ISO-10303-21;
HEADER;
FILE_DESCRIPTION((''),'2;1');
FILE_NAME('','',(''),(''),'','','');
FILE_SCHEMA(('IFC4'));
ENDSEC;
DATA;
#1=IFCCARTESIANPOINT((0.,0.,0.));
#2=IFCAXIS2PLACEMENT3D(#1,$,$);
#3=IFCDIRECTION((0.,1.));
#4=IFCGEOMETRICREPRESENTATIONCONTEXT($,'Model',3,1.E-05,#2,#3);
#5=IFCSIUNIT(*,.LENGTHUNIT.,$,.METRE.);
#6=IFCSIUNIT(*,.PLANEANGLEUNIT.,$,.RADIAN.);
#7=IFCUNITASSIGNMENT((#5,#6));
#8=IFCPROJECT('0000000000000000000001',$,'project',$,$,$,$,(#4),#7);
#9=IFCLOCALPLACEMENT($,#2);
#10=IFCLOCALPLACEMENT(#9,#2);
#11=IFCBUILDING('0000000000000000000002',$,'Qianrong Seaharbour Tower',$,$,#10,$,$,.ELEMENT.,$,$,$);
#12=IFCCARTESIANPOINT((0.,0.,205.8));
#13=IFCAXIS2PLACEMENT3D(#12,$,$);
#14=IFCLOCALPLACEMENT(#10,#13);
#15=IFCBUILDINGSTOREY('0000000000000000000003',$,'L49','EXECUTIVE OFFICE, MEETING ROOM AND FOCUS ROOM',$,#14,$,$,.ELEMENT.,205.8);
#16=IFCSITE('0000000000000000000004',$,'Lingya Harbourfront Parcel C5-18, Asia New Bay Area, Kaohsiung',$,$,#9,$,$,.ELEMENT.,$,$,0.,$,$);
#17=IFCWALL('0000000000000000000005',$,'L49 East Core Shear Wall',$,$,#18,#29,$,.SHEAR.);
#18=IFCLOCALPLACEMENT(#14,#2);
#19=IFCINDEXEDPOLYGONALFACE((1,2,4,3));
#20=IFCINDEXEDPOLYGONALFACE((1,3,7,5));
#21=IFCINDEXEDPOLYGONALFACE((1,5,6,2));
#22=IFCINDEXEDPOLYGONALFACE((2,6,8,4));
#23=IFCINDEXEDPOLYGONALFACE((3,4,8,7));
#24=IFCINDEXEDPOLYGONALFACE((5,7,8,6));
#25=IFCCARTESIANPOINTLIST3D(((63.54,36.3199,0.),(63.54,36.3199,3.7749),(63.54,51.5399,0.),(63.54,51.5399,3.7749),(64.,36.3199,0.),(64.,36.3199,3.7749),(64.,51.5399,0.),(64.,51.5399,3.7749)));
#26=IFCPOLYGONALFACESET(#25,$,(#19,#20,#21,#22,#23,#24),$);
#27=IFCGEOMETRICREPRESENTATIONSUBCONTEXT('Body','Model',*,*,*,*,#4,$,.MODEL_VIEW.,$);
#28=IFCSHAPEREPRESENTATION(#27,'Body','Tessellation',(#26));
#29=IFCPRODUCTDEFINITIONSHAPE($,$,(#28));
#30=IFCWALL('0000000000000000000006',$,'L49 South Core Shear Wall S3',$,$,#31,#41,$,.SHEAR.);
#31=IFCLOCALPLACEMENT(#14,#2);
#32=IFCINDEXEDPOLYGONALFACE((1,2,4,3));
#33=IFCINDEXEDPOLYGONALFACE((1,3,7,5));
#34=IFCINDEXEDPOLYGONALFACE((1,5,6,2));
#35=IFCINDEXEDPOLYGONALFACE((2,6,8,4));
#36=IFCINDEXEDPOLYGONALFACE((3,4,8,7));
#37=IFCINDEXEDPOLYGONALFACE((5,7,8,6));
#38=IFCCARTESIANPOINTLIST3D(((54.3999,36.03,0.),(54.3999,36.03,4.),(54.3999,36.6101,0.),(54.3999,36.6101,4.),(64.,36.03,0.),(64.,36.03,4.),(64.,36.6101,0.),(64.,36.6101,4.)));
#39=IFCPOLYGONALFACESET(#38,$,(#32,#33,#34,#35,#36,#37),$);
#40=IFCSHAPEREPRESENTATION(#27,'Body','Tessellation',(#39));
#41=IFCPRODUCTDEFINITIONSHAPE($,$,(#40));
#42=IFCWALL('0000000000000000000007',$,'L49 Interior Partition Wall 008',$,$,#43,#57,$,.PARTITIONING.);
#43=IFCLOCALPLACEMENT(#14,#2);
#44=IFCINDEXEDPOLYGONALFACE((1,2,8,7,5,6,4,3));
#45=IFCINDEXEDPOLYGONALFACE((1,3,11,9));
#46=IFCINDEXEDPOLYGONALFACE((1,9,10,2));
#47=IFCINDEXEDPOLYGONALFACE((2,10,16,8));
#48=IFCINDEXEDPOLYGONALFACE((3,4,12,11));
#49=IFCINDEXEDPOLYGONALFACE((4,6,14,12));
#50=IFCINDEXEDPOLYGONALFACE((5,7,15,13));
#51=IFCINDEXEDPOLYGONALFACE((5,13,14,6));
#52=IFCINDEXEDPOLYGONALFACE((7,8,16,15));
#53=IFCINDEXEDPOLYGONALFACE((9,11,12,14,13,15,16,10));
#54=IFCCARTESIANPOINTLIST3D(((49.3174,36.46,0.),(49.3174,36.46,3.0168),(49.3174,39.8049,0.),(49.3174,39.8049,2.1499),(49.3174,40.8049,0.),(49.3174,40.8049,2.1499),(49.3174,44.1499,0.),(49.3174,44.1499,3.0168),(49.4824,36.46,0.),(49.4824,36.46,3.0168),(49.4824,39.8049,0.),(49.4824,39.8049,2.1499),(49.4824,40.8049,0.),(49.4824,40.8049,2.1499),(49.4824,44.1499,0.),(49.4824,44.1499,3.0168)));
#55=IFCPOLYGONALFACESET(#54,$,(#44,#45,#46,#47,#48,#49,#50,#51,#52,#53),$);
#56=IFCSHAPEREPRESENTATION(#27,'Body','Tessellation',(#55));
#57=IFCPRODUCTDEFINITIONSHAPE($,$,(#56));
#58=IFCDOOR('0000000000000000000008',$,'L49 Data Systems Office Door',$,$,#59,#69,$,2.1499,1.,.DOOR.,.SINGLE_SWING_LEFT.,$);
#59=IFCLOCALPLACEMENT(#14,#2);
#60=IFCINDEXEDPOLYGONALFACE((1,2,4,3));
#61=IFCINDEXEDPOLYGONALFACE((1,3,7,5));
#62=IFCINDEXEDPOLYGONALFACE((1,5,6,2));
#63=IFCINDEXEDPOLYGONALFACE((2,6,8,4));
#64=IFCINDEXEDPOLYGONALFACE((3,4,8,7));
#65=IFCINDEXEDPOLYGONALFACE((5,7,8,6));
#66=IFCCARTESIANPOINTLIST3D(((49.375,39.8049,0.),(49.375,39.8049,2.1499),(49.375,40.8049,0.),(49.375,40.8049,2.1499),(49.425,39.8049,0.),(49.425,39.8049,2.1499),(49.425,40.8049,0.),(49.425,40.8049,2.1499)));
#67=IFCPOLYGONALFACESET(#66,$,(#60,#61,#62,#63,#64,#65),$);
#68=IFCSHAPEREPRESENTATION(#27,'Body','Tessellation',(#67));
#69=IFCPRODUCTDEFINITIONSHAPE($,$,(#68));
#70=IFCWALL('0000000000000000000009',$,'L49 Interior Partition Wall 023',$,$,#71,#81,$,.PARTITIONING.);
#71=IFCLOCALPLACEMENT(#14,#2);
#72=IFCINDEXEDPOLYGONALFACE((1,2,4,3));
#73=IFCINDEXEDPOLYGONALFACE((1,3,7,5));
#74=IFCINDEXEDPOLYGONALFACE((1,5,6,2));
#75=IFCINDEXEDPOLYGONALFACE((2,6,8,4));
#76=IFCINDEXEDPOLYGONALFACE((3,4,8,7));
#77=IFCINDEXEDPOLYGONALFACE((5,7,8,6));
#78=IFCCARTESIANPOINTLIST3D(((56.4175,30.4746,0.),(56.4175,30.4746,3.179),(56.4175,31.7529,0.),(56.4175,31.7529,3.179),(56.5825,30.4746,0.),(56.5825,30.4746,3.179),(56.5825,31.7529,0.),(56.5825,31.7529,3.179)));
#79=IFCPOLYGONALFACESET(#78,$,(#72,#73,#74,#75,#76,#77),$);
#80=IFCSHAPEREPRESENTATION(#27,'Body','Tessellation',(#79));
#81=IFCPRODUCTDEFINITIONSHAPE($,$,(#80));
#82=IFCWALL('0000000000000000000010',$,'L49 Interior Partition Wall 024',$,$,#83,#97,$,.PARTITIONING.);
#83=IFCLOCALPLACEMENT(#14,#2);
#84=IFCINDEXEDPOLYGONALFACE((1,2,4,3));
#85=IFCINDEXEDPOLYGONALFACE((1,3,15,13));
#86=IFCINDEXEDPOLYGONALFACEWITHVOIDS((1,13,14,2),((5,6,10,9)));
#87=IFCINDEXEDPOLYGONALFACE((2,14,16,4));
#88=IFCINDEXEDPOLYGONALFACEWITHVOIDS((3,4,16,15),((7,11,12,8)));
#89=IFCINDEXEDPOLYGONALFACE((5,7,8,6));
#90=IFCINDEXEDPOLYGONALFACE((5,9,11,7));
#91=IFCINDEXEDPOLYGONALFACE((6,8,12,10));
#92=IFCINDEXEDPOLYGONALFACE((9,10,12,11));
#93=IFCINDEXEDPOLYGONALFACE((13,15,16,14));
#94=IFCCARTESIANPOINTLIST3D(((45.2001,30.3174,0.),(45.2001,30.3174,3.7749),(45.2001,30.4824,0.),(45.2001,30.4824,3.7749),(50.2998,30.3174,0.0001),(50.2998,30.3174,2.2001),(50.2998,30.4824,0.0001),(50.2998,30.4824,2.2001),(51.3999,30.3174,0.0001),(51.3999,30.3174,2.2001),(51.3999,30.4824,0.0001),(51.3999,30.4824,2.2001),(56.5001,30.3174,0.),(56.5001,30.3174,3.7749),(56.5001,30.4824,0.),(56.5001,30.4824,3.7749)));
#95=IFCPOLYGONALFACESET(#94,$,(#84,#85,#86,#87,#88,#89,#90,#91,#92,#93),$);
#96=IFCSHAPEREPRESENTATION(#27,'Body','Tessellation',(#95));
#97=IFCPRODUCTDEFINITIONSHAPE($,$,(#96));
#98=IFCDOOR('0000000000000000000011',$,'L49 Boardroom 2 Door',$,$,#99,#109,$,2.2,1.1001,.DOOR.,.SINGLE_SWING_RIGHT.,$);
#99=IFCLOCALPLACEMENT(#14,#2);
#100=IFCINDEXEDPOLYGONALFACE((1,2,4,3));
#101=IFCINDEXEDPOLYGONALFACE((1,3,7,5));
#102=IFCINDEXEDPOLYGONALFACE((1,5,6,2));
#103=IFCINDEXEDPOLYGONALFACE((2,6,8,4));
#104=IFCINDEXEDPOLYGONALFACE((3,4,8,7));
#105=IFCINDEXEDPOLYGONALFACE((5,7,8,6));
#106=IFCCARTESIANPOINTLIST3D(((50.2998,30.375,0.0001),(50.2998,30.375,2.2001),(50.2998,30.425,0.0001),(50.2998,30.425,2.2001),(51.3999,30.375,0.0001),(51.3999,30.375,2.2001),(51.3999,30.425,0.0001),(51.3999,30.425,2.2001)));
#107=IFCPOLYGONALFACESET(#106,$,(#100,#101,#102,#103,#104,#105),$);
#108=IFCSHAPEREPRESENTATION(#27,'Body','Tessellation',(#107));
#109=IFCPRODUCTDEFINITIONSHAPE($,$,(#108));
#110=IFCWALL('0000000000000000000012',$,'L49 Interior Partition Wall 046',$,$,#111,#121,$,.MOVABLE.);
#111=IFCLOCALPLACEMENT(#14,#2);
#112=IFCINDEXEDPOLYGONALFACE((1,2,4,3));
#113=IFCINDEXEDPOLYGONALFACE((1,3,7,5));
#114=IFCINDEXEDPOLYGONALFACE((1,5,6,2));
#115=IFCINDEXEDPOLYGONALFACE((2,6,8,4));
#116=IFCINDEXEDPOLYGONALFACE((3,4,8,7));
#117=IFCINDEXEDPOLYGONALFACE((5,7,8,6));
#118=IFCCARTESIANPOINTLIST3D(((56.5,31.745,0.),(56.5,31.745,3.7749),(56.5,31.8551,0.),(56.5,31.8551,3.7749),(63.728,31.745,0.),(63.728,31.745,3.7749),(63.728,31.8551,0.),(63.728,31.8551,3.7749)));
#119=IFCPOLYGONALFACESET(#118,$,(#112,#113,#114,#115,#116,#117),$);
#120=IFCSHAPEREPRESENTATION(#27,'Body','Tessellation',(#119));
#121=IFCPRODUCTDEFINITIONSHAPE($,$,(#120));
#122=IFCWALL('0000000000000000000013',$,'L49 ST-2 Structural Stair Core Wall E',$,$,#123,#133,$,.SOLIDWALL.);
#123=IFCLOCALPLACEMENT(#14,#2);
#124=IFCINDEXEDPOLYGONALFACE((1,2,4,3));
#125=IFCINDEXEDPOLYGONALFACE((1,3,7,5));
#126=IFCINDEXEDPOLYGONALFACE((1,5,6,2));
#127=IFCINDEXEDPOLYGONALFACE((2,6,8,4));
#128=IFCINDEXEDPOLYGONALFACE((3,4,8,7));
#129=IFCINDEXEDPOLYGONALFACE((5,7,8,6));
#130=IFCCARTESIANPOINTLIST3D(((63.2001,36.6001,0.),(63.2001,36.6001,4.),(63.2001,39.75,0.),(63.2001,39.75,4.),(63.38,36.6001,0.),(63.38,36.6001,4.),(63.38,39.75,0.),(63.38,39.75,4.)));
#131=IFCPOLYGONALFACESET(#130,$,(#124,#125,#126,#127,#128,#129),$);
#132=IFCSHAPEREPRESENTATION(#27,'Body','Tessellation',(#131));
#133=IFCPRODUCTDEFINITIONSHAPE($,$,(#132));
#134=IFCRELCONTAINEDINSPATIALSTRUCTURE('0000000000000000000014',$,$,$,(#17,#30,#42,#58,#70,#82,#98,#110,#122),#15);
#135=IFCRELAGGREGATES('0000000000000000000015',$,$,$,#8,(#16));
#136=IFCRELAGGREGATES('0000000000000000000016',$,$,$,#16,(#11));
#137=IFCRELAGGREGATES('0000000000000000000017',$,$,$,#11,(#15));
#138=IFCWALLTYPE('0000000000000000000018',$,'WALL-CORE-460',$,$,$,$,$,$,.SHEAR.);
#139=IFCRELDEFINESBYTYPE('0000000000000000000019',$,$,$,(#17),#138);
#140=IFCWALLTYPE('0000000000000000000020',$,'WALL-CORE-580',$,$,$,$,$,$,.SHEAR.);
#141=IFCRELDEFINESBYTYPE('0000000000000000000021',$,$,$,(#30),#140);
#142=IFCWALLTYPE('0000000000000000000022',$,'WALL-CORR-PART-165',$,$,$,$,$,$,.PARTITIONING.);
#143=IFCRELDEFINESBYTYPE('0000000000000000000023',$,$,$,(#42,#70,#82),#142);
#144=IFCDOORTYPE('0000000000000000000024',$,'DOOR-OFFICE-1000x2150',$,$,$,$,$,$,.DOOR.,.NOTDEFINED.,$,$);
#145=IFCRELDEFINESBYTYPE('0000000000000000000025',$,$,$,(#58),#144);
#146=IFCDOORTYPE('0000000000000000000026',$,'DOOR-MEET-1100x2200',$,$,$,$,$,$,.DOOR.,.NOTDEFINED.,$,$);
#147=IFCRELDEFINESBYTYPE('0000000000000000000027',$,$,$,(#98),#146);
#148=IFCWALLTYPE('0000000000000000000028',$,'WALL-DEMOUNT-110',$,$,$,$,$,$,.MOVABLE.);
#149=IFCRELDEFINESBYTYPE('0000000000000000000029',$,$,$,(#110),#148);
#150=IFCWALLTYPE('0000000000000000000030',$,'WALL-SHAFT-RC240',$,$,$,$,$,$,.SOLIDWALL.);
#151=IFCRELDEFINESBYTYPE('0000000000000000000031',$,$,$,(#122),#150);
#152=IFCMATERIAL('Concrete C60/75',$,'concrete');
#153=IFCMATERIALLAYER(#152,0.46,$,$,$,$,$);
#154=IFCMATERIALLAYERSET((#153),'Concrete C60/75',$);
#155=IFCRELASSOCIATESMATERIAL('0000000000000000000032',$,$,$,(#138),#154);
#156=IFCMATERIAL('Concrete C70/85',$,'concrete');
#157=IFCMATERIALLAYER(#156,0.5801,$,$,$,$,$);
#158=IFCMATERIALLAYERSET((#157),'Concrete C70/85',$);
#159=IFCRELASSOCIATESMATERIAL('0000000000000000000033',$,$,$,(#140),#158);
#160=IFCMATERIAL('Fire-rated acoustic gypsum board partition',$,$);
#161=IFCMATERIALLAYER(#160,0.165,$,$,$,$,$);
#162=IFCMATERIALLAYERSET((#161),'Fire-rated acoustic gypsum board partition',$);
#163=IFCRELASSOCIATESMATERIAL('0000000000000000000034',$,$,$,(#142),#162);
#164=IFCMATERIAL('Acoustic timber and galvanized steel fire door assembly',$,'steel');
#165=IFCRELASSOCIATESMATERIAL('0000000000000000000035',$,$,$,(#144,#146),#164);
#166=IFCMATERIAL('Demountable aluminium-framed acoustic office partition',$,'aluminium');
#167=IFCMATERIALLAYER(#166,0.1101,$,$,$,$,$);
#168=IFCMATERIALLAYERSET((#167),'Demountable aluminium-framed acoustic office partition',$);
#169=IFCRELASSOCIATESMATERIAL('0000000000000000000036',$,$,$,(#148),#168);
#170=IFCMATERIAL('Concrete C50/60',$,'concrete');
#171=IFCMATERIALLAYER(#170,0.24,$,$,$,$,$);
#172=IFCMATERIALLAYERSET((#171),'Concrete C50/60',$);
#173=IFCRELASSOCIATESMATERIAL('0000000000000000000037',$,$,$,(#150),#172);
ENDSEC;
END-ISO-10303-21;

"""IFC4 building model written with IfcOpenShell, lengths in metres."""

from ifc_helpers import new_model, si_unit, direction, frame, frame_2d, origin, place, context, subcontext, project, spatial, rectangle, extrude, material, layer, layer_set, type_object, element, fill, save


model = new_model("IFC4")

# Units and contexts
model_context = context("Model", 3, precision=1e-05, world=origin(), true_north=direction((0.0, 1.0)))
body_context = subcontext(model_context, "Body", "Model", "MODEL_VIEW")
ifc_project = project(units=[si_unit("LENGTHUNIT", "METRE"), si_unit("PLANEANGLEUNIT", "RADIAN")], contexts=[model_context])

# Site, building, storey
site_placement = place(None, origin())
site = spatial("IfcSite", under=ifc_project, at=site_placement, Name="Lingya Harbourfront Parcel C5-18, Asia New Bay Area, Kaohsiung", CompositionType="ELEMENT", RefElevation=0.0)
building_placement = place(site_placement, origin())
building = spatial("IfcBuilding", under=site, at=building_placement, Name="Qianrong Seaharbour Tower", CompositionType="ELEMENT")
storey_placement = place(building_placement, frame((0.0, 0.0, 205.8)))
storey = spatial("IfcBuildingStorey", under=building, at=storey_placement, Name="L49", Description="EXECUTIVE OFFICE, MEETING ROOM AND FOCUS ROOM", CompositionType="ELEMENT", Elevation=205.8)

# Shared definitions
ifc_material_1 = material(Name="Concrete C60/75", Category="concrete")

# Walls
ifc_layer_1 = layer(ifc_material_1, 0.46)
ifc_layer_set_1 = layer_set([ifc_layer_1], Name="Concrete C60/75")
wall_type_1 = type_object("IfcWallType", Name="WALL-CORE-460", PredefinedType="SHEAR", material=ifc_layer_set_1)
wall_1_placement = place(storey_placement, frame((63.77, 36.3201, 0.0), z_axis=(0.0, 0.0, 1.0), x_axis=(0.0, 1.0, 0.0)))
element("IfcWall", 1, at=wall_1_placement, inside=storey, type_object=wall_type_1, Name="L49 East Core Shear Wall", PredefinedType="SHEAR", context=body_context, shape_type="SweptSolid", body=[
    extrude(rectangle(XDim=15.22, YDim=0.46, at=frame_2d((7.6099, 0.0))), origin(), (0.0, 0.0, 1.0), 3.7749),
])
ifc_material_2 = material(Name="Concrete C70/85", Category="concrete")
ifc_layer_2 = layer(ifc_material_2, 0.5801)
ifc_layer_set_2 = layer_set([ifc_layer_2], Name="Concrete C70/85")
wall_type_2 = type_object("IfcWallType", Name="WALL-CORE-580", PredefinedType="SHEAR", material=ifc_layer_set_2)
wall_2_placement = place(storey_placement, frame((54.3999, 36.3201, 0.0), z_axis=(0.0, 0.0, 1.0), x_axis=(1.0, 0.0, 0.0)))
element("IfcWall", 2, at=wall_2_placement, inside=storey, type_object=wall_type_2, Name="L49 South Core Shear Wall S3", PredefinedType="SHEAR", context=body_context, shape_type="SweptSolid", body=[
    extrude(rectangle(XDim=9.6001, YDim=0.5801, at=frame_2d((4.8, 0.0))), origin(), (0.0, 0.0, 1.0), 4.0),
])

# Wall, opening, door
ifc_material_3 = material(Name="Fire-rated acoustic gypsum board partition")
ifc_layer_3 = layer(ifc_material_3, 0.165)
ifc_layer_set_3 = layer_set([ifc_layer_3], Name="Fire-rated acoustic gypsum board partition")
wall_type_3 = type_object("IfcWallType", Name="WALL-CORR-PART-165", PredefinedType="PARTITIONING", material=ifc_layer_set_3)
wall_3_placement = place(storey_placement, frame((49.3999, 36.46, 0.0), z_axis=(0.0, 0.0, 1.0), x_axis=(0.0, 1.0, 0.0)))
wall_3 = element("IfcWall", 3, at=wall_3_placement, inside=storey, type_object=wall_type_3, Name="L49 Interior Partition Wall 008", PredefinedType="PARTITIONING", context=body_context, shape_type="SweptSolid", body=[
    extrude(rectangle(XDim=7.6899, YDim=0.165, at=frame_2d((3.845, 0.0))), origin(), (0.0, 0.0, 1.0), 3.0168),
])
opening_1_placement = place(wall_3_placement, frame((3.345, 0.0, 0.0)))
opening_1 = element("IfcOpeningElement", 4, at=opening_1_placement, cuts=wall_3, PredefinedType="OPENING", context=body_context, shape_type="SweptSolid", body=[
    extrude(rectangle(XDim=1.0, YDim=2.1499, at=frame_2d((0.5, 1.075))), frame((0.0, 0.0925, 0.0), z_axis=(0.0, -1.0, 0.0), x_axis=(1.0, 0.0, 0.0)), (0.0, 0.0, 1.0), 0.1851),
])
ifc_material_4 = material(Name="Acoustic timber and galvanized steel fire door assembly", Category="steel")
door_type_1 = type_object("IfcDoorType", Name="DOOR-OFFICE-1000x2150", OperationType="NOTDEFINED", PredefinedType="DOOR", material=ifc_material_4)
door_1_placement = place(opening_1_placement, origin())
door_1 = element("IfcDoor", 5, at=door_1_placement, inside=storey, type_object=door_type_1, Name="L49 Data Systems Office Door", OperationType="SINGLE_SWING_LEFT", OverallHeight=2.1499, OverallWidth=1.0, PredefinedType="DOOR", context=body_context, shape_type="SweptSolid", body=[
    extrude(rectangle(XDim=1.0, YDim=2.1499, at=frame_2d((0.5, 1.075))), frame((0.0, 0.0249, 0.0), z_axis=(0.0, -1.0, 0.0), x_axis=(1.0, 0.0, 0.0)), (0.0, 0.0, 1.0), 0.05),
])
fill(opening_1, door_1)

# Wall
wall_4_placement = place(storey_placement, frame((56.5, 31.7529, 0.0), z_axis=(0.0, 0.0, 1.0), x_axis=(0.0, -1.0, 0.0)))
element("IfcWall", 6, at=wall_4_placement, inside=storey, type_object=wall_type_3, Name="L49 Interior Partition Wall 023", PredefinedType="PARTITIONING", context=body_context, shape_type="SweptSolid", body=[
    extrude(rectangle(XDim=1.2783, YDim=0.165, at=frame_2d((0.6392, 0.0))), origin(), (0.0, 0.0, 1.0), 3.179),
])

# Wall, opening, door
wall_5_placement = place(storey_placement, frame((56.5, 30.3999, 0.0), z_axis=(0.0, 0.0, 1.0), x_axis=(-1.0, 0.0, 0.0)))
wall_5 = element("IfcWall", 7, at=wall_5_placement, inside=storey, type_object=wall_type_3, Name="L49 Interior Partition Wall 024", PredefinedType="PARTITIONING", context=body_context, shape_type="SweptSolid", body=[
    extrude(rectangle(XDim=11.3, YDim=0.165, at=frame_2d((5.6499, 0.0))), origin(), (0.0, 0.0, 1.0), 3.7749),
])
opening_2_placement = place(wall_5_placement, frame((5.1001, 0.0, 0.0)))
opening_2 = element("IfcOpeningElement", 8, at=opening_2_placement, cuts=wall_5, PredefinedType="OPENING", context=body_context, shape_type="SweptSolid", body=[
    extrude(rectangle(XDim=1.1001, YDim=2.2, at=frame_2d((0.55, 1.1001))), frame((0.0, 0.0925, 0.0), z_axis=(0.0, -1.0, 0.0), x_axis=(1.0, 0.0, 0.0)), (0.0, 0.0, 1.0), 0.1851),
])
door_type_2 = type_object("IfcDoorType", Name="DOOR-MEET-1100x2200", OperationType="NOTDEFINED", PredefinedType="DOOR", material=ifc_material_4)
door_2_placement = place(opening_2_placement, origin())
door_2 = element("IfcDoor", 9, at=door_2_placement, inside=storey, type_object=door_type_2, Name="L49 Boardroom 2 Door", OperationType="SINGLE_SWING_RIGHT", OverallHeight=2.2, OverallWidth=1.1001, PredefinedType="DOOR", context=body_context, shape_type="SweptSolid", body=[
    extrude(rectangle(XDim=1.1001, YDim=2.2, at=frame_2d((0.55, 1.1001))), frame((0.0, 0.0249, 0.0), z_axis=(0.0, -1.0, 0.0), x_axis=(1.0, 0.0, 0.0)), (0.0, 0.0, 1.0), 0.05),
])
fill(opening_2, door_2)

# Walls
ifc_material_5 = material(Name="Demountable aluminium-framed acoustic office partition", Category="aluminium")
ifc_layer_4 = layer(ifc_material_5, 0.1101)
ifc_layer_set_4 = layer_set([ifc_layer_4], Name="Demountable aluminium-framed acoustic office partition")
wall_type_4 = type_object("IfcWallType", Name="WALL-DEMOUNT-110", PredefinedType="MOVABLE", material=ifc_layer_set_4)
wall_6_placement = place(storey_placement, frame((56.5, 31.8, 0.0), z_axis=(0.0, 0.0, 1.0), x_axis=(1.0, 0.0, 0.0)))
element("IfcWall", 10, at=wall_6_placement, inside=storey, type_object=wall_type_4, Name="L49 Interior Partition Wall 046", PredefinedType="MOVABLE", context=body_context, shape_type="SweptSolid", body=[
    extrude(rectangle(XDim=7.228, YDim=0.1101, at=frame_2d((3.614, 0.0))), origin(), (0.0, 0.0, 1.0), 3.7749),
])
ifc_material_6 = material(Name="Concrete C50/60", Category="concrete")
ifc_layer_5 = layer(ifc_material_6, 0.24)
ifc_layer_set_5 = layer_set([ifc_layer_5], Name="Concrete C50/60")
wall_type_5 = type_object("IfcWallType", Name="WALL-SHAFT-RC240", PredefinedType="SOLIDWALL", material=ifc_layer_set_5)
wall_7_placement = place(storey_placement, frame((63.29, 36.6001, 0.0), z_axis=(0.0, 0.0, 1.0), x_axis=(0.0, 1.0, 0.0)))
element("IfcWall", 11, at=wall_7_placement, inside=storey, type_object=wall_type_5, Name="L49 ST-2 Structural Stair Core Wall E", PredefinedType="SOLIDWALL", context=body_context, shape_type="SweptSolid", body=[
    extrude(rectangle(XDim=3.1499, YDim=0.1799, at=frame_2d((1.575, 0.0))), origin(), (0.0, 0.0, 1.0), 4.0),
])

save(model, "model.ifc")
